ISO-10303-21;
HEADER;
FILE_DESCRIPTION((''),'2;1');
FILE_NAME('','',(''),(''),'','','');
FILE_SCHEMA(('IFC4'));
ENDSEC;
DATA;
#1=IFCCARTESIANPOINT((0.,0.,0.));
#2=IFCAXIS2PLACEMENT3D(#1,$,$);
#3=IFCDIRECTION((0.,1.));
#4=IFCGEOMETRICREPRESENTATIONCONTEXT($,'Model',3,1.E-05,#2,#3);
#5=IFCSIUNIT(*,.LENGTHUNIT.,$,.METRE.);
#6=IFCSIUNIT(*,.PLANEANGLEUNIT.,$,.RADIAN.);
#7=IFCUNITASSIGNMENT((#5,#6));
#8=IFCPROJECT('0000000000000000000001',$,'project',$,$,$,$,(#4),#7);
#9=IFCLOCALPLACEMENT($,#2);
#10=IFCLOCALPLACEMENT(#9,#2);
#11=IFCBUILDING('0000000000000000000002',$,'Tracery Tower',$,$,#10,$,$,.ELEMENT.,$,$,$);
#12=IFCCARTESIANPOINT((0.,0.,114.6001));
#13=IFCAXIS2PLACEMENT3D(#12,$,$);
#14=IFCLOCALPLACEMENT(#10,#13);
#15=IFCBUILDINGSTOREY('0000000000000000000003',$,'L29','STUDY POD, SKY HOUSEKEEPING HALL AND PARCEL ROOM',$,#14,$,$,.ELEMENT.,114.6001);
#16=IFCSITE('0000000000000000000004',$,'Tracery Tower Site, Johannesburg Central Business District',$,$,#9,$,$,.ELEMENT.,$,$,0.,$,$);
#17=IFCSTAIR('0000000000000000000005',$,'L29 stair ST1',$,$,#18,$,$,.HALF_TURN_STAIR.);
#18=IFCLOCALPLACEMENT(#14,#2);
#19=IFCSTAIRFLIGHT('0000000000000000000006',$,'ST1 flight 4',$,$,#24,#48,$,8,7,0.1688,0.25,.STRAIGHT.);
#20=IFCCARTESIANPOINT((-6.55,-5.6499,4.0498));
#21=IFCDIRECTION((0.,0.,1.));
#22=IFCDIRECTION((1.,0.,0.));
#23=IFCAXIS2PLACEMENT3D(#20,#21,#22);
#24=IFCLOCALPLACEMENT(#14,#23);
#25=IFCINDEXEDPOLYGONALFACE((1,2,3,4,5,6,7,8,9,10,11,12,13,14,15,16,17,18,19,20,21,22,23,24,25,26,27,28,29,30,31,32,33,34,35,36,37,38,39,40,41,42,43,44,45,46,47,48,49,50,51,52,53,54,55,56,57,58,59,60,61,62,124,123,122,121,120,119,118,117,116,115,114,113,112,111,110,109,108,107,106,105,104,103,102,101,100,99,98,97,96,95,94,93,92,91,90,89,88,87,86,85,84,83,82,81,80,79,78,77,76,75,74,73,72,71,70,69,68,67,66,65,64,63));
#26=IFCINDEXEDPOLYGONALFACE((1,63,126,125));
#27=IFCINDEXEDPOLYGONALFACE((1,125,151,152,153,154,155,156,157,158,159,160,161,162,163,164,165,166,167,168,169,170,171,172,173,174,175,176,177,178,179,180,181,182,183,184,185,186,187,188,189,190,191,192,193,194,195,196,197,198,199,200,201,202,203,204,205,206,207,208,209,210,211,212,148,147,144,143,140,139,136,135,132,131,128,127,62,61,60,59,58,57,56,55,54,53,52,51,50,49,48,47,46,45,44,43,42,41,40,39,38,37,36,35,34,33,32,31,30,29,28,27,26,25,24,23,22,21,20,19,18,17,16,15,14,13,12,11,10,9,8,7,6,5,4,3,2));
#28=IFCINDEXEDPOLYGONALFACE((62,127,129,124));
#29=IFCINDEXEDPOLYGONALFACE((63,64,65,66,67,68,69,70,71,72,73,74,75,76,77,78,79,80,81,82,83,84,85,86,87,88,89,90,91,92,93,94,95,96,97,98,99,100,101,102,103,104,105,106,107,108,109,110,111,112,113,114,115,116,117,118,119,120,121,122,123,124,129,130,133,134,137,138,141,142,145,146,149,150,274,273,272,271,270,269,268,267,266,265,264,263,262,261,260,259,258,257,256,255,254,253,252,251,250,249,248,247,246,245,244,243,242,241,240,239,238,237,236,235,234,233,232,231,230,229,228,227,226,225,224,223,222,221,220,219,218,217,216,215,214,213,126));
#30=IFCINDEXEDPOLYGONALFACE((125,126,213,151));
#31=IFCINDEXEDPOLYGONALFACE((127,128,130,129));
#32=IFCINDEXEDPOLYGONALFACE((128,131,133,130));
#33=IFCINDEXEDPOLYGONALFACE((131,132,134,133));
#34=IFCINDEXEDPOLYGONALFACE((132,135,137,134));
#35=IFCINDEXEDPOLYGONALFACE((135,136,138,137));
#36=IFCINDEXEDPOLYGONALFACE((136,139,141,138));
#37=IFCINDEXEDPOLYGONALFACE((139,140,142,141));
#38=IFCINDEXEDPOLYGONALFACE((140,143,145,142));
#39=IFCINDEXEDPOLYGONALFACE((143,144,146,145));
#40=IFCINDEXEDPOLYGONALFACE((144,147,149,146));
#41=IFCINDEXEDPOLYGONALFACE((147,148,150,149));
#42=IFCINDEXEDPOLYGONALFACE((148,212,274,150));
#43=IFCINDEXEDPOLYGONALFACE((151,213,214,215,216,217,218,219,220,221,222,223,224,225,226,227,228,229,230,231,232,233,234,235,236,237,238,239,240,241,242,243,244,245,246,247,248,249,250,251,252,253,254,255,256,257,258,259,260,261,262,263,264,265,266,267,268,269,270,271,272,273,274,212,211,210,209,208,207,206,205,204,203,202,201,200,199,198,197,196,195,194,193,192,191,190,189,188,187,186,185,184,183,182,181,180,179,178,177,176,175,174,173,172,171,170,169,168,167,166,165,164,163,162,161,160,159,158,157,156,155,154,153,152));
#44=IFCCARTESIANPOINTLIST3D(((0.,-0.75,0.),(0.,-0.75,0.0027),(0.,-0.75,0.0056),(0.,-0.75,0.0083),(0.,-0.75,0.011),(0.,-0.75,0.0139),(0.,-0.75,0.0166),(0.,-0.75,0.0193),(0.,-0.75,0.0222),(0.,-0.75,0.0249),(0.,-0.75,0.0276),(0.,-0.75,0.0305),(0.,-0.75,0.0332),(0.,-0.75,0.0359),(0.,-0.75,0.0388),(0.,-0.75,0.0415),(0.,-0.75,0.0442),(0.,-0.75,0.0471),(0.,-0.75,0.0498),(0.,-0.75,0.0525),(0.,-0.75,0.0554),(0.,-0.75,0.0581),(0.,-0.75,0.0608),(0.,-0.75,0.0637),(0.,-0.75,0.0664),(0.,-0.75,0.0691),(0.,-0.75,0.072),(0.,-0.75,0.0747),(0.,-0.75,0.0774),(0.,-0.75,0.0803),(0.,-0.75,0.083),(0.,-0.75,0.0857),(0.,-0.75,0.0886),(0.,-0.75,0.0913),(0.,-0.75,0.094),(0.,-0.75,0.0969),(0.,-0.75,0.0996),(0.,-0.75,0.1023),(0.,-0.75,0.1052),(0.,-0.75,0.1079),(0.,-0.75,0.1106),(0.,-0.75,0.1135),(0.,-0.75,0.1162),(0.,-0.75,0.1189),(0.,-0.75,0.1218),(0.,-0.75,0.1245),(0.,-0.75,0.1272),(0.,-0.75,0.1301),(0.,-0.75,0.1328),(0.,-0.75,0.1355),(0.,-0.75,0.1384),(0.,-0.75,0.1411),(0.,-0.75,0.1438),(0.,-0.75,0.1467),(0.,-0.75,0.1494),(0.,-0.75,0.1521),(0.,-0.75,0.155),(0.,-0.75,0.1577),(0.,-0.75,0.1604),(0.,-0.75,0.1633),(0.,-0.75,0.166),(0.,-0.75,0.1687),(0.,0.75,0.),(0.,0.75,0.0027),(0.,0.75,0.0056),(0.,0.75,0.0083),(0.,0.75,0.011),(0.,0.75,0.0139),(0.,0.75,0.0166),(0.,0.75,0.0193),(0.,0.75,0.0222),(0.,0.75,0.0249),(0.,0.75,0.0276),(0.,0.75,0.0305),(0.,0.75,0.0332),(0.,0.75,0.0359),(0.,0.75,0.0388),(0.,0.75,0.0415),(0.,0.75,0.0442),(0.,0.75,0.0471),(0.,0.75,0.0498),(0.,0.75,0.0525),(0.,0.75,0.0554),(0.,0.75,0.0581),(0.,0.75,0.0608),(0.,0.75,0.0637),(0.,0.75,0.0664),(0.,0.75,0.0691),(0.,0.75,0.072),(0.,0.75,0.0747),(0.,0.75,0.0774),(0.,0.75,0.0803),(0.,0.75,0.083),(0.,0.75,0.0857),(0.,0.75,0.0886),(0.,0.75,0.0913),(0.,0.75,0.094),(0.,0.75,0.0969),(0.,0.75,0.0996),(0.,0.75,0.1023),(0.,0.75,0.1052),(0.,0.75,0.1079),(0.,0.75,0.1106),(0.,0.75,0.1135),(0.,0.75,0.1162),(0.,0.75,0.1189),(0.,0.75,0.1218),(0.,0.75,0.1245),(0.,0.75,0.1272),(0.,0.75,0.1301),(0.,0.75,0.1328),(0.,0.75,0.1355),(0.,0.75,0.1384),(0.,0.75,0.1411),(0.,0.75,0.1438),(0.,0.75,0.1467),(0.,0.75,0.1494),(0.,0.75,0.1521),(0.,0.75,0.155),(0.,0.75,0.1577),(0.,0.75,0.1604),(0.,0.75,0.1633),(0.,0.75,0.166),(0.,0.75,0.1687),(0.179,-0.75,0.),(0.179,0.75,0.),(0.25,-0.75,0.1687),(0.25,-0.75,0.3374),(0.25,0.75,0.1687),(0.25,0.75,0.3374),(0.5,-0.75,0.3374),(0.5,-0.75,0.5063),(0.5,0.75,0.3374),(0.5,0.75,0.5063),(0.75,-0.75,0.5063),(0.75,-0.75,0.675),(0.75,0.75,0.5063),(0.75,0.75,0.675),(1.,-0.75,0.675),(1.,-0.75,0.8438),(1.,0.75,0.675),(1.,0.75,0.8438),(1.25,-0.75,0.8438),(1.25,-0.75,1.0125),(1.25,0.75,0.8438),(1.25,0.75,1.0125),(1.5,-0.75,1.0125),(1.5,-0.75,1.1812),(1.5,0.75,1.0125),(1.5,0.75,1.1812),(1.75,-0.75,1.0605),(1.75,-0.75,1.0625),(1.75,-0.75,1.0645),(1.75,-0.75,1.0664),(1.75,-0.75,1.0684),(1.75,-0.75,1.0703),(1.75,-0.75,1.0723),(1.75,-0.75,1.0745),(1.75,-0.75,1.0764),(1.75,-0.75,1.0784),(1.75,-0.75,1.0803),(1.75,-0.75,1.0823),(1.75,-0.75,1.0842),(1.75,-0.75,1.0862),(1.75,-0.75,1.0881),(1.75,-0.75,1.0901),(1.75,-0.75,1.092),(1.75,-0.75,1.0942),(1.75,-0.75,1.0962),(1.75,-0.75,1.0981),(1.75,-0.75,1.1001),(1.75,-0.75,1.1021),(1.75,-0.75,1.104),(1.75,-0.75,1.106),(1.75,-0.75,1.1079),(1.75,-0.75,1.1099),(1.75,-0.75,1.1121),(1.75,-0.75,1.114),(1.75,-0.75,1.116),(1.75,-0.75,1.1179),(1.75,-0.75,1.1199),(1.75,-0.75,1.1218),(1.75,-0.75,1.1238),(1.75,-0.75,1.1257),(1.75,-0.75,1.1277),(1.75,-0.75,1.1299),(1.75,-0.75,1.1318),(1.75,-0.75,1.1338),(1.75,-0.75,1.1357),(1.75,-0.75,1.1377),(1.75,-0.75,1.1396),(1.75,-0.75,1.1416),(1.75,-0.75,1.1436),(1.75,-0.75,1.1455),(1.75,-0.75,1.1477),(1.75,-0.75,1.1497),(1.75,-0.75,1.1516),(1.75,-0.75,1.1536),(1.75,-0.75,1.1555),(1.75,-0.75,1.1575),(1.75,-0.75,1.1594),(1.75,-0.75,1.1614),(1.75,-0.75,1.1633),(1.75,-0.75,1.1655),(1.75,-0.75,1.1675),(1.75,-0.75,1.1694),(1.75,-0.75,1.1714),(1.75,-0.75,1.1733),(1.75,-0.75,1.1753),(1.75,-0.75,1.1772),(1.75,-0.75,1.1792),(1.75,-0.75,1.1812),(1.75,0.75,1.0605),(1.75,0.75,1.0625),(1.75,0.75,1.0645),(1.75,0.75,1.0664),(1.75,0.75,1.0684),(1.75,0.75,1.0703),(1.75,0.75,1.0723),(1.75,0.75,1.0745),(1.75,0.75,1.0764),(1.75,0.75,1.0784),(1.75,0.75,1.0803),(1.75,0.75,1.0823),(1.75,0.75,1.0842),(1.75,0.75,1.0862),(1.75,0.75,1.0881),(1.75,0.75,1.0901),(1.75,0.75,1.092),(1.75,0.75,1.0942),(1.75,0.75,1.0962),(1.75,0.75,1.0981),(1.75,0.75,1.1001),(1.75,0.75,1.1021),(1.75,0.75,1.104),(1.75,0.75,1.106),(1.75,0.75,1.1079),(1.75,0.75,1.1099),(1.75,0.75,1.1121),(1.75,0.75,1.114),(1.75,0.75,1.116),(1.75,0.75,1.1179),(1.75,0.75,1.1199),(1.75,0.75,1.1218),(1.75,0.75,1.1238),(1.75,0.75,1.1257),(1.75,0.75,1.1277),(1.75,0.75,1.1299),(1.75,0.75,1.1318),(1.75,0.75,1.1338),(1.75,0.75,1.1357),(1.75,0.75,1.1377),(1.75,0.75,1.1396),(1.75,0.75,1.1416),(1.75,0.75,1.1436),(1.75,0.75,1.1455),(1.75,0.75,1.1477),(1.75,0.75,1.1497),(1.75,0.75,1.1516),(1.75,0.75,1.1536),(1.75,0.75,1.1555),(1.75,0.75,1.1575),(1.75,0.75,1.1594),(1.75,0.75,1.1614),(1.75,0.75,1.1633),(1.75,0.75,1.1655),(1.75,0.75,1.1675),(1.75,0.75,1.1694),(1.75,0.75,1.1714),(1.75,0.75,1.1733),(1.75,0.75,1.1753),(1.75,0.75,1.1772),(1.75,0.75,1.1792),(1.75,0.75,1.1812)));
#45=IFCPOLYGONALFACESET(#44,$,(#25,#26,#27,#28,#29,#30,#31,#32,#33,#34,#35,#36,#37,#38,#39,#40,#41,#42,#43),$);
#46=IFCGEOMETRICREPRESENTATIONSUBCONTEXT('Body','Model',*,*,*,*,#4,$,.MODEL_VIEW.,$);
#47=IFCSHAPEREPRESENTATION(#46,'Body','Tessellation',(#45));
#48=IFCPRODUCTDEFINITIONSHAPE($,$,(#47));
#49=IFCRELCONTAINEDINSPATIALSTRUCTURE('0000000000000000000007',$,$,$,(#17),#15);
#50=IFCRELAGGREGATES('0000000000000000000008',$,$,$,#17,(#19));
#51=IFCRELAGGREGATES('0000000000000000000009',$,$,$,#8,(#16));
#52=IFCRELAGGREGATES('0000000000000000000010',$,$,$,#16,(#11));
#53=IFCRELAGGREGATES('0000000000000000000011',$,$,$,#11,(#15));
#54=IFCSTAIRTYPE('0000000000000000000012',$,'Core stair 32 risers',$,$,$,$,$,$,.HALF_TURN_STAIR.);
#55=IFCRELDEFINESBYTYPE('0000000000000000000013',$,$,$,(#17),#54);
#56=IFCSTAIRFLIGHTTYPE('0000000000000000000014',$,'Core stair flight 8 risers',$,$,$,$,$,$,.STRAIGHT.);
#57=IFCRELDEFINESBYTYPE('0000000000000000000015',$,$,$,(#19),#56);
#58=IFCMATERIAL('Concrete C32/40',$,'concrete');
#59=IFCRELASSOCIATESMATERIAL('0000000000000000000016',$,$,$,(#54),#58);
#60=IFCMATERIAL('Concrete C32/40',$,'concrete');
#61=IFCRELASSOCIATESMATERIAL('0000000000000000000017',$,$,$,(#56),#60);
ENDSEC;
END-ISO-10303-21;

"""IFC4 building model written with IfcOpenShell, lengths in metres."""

from ifc_helpers import new_model, si_unit, direction, frame, origin, place, context, subcontext, project, spatial, polyline, outline, extrude, material, type_object, element, aggregate, save


model = new_model("IFC4")

# Units and contexts
model_context = context("Model", 3, precision=1e-05, world=origin(), true_north=direction((0.0, 1.0)))
body_context = subcontext(model_context, "Body", "Model", "MODEL_VIEW")
ifc_project = project(units=[si_unit("LENGTHUNIT", "METRE"), si_unit("PLANEANGLEUNIT", "RADIAN")], contexts=[model_context])

# Site, building, storey
site_placement = place(None, origin())
site = spatial("IfcSite", under=ifc_project, at=site_placement, Name="Tracery Tower Site, Johannesburg Central Business District", CompositionType="ELEMENT", RefElevation=0.0)
building_placement = place(site_placement, origin())
building = spatial("IfcBuilding", under=site, at=building_placement, Name="Tracery Tower", CompositionType="ELEMENT")
storey_placement = place(building_placement, frame((0.0, 0.0, 114.6001)))
storey = spatial("IfcBuildingStorey", under=building, at=storey_placement, Name="L29", Description="STUDY POD, SKY HOUSEKEEPING HALL AND PARCEL ROOM", CompositionType="ELEMENT", Elevation=114.6001)

# Stair, stair flight
ifc_material_1 = material(Name="Concrete C32/40", Category="concrete")
stair_type = type_object("IfcStairType", Name="Core stair 32 risers", PredefinedType="HALF_TURN_STAIR", material=ifc_material_1)
stair_placement = place(storey_placement, origin())
stair = element("IfcStair", 1, at=stair_placement, inside=storey, type_object=stair_type, Name="L29 stair ST1", PredefinedType="HALF_TURN_STAIR")
ifc_material_2 = material(Name="Concrete C32/40", Category="concrete")
stair_flight_type = type_object("IfcStairFlightType", Name="Core stair flight 8 risers", PredefinedType="STRAIGHT", material=ifc_material_2)
stair_flight_1_placement = place(storey_placement, frame((-6.55, -5.6499, 4.0498), z_axis=(0.0, 0.0, 1.0), x_axis=(1.0, 0.0, 0.0)))
stair_flight_1 = element("IfcStairFlight", 2, at=stair_flight_1_placement, type_object=stair_flight_type, Name="ST1 flight 4", NumberOfRisers=8, NumberOfTreads=7, PredefinedType="STRAIGHT", RiserHeight=0.1688, TreadLength=0.25, context=body_context, shape_type="SweptSolid", body=[
    extrude(outline(polyline([(0.0, 0.0), (0.0, 0.0027), (0.0, 0.0056), (0.0, 0.0083), (0.0, 0.011), (0.0, 0.0139), (0.0, 0.0166), (0.0, 0.0193), (0.0, 0.0222), (0.0, 0.0249), (0.0, 0.0276), (0.0, 0.0305), (0.0, 0.0332), (0.0, 0.0359), (0.0, 0.0388), (0.0, 0.0415), (0.0, 0.0442), (0.0, 0.0471), (0.0, 0.0498), (0.0, 0.0525), (0.0, 0.0554), (0.0, 0.0581), (0.0, 0.0608), (0.0, 0.0637), (0.0, 0.0664), (0.0, 0.0691), (0.0, 0.072), (0.0, 0.0747), (0.0, 0.0774), (0.0, 0.0803), (0.0, 0.083), (0.0, 0.0857), (0.0, 0.0886), (0.0, 0.0913), (0.0, 0.094), (0.0, 0.0969), (0.0, 0.0996), (0.0, 0.1023), (0.0, 0.1052), (0.0, 0.1079), (0.0, 0.1106), (0.0, 0.1135), (0.0, 0.1162), (0.0, 0.1189), (0.0, 0.1218), (0.0, 0.1245), (0.0, 0.1272), (0.0, 0.1301), (0.0, 0.1328), (0.0, 0.1355), (0.0, 0.1384), (0.0, 0.1411), (0.0, 0.1438), (0.0, 0.1467), (0.0, 0.1494), (0.0, 0.1521), (0.0, 0.155), (0.0, 0.1577), (0.0, 0.1604), (0.0, 0.1633), (0.0, 0.166), (0.0, 0.1687), (0.25, 0.1687), (0.25, 0.3374), (0.5, 0.3374), (0.5, 0.5063), (0.75, 0.5063), (0.75, 0.675), (1.0, 0.675), (1.0, 0.8438), (1.25, 0.8438), (1.25, 1.0125), (1.5, 1.0125), (1.5, 1.1812), (1.75, 1.1812), (1.75, 1.1792), (1.75, 1.1772), (1.75, 1.1753), (1.75, 1.1733), (1.75, 1.1714), (1.75, 1.1694), (1.75, 1.1675), (1.75, 1.1655), (1.75, 1.1633), (1.75, 1.1614), (1.75, 1.1594), (1.75, 1.1575), (1.75, 1.1555), (1.75, 1.1536), (1.75, 1.1516), (1.75, 1.1497), (1.75, 1.1477), (1.75, 1.1455), (1.75, 1.1436), (1.75, 1.1416), (1.75, 1.1396), (1.75, 1.1377), (1.75, 1.1357), (1.75, 1.1338), (1.75, 1.1318), (1.75, 1.1299), (1.75, 1.1277), (1.75, 1.1257), (1.75, 1.1238), (1.75, 1.1218), (1.75, 1.1199), (1.75, 1.1179), (1.75, 1.116), (1.75, 1.114), (1.75, 1.1121), (1.75, 1.1099), (1.75, 1.1079), (1.75, 1.106), (1.75, 1.104), (1.75, 1.1021), (1.75, 1.1001), (1.75, 1.0981), (1.75, 1.0962), (1.75, 1.0942), (1.75, 1.092), (1.75, 1.0901), (1.75, 1.0881), (1.75, 1.0862), (1.75, 1.0842), (1.75, 1.0823), (1.75, 1.0803), (1.75, 1.0784), (1.75, 1.0764), (1.75, 1.0745), (1.75, 1.0723), (1.75, 1.0703), (1.75, 1.0684), (1.75, 1.0664), (1.75, 1.0645), (1.75, 1.0625), (1.75, 1.0605), (0.179, 0.0), (0.0, 0.0)])), frame((0.0, 0.75, 0.0), z_axis=(0.0, -1.0, 0.0), x_axis=(1.0, 0.0, 0.0)), (0.0, 0.0, 1.0), 1.5),
])
aggregate(stair, [stair_flight_1])

save(model, "model.ifc")
